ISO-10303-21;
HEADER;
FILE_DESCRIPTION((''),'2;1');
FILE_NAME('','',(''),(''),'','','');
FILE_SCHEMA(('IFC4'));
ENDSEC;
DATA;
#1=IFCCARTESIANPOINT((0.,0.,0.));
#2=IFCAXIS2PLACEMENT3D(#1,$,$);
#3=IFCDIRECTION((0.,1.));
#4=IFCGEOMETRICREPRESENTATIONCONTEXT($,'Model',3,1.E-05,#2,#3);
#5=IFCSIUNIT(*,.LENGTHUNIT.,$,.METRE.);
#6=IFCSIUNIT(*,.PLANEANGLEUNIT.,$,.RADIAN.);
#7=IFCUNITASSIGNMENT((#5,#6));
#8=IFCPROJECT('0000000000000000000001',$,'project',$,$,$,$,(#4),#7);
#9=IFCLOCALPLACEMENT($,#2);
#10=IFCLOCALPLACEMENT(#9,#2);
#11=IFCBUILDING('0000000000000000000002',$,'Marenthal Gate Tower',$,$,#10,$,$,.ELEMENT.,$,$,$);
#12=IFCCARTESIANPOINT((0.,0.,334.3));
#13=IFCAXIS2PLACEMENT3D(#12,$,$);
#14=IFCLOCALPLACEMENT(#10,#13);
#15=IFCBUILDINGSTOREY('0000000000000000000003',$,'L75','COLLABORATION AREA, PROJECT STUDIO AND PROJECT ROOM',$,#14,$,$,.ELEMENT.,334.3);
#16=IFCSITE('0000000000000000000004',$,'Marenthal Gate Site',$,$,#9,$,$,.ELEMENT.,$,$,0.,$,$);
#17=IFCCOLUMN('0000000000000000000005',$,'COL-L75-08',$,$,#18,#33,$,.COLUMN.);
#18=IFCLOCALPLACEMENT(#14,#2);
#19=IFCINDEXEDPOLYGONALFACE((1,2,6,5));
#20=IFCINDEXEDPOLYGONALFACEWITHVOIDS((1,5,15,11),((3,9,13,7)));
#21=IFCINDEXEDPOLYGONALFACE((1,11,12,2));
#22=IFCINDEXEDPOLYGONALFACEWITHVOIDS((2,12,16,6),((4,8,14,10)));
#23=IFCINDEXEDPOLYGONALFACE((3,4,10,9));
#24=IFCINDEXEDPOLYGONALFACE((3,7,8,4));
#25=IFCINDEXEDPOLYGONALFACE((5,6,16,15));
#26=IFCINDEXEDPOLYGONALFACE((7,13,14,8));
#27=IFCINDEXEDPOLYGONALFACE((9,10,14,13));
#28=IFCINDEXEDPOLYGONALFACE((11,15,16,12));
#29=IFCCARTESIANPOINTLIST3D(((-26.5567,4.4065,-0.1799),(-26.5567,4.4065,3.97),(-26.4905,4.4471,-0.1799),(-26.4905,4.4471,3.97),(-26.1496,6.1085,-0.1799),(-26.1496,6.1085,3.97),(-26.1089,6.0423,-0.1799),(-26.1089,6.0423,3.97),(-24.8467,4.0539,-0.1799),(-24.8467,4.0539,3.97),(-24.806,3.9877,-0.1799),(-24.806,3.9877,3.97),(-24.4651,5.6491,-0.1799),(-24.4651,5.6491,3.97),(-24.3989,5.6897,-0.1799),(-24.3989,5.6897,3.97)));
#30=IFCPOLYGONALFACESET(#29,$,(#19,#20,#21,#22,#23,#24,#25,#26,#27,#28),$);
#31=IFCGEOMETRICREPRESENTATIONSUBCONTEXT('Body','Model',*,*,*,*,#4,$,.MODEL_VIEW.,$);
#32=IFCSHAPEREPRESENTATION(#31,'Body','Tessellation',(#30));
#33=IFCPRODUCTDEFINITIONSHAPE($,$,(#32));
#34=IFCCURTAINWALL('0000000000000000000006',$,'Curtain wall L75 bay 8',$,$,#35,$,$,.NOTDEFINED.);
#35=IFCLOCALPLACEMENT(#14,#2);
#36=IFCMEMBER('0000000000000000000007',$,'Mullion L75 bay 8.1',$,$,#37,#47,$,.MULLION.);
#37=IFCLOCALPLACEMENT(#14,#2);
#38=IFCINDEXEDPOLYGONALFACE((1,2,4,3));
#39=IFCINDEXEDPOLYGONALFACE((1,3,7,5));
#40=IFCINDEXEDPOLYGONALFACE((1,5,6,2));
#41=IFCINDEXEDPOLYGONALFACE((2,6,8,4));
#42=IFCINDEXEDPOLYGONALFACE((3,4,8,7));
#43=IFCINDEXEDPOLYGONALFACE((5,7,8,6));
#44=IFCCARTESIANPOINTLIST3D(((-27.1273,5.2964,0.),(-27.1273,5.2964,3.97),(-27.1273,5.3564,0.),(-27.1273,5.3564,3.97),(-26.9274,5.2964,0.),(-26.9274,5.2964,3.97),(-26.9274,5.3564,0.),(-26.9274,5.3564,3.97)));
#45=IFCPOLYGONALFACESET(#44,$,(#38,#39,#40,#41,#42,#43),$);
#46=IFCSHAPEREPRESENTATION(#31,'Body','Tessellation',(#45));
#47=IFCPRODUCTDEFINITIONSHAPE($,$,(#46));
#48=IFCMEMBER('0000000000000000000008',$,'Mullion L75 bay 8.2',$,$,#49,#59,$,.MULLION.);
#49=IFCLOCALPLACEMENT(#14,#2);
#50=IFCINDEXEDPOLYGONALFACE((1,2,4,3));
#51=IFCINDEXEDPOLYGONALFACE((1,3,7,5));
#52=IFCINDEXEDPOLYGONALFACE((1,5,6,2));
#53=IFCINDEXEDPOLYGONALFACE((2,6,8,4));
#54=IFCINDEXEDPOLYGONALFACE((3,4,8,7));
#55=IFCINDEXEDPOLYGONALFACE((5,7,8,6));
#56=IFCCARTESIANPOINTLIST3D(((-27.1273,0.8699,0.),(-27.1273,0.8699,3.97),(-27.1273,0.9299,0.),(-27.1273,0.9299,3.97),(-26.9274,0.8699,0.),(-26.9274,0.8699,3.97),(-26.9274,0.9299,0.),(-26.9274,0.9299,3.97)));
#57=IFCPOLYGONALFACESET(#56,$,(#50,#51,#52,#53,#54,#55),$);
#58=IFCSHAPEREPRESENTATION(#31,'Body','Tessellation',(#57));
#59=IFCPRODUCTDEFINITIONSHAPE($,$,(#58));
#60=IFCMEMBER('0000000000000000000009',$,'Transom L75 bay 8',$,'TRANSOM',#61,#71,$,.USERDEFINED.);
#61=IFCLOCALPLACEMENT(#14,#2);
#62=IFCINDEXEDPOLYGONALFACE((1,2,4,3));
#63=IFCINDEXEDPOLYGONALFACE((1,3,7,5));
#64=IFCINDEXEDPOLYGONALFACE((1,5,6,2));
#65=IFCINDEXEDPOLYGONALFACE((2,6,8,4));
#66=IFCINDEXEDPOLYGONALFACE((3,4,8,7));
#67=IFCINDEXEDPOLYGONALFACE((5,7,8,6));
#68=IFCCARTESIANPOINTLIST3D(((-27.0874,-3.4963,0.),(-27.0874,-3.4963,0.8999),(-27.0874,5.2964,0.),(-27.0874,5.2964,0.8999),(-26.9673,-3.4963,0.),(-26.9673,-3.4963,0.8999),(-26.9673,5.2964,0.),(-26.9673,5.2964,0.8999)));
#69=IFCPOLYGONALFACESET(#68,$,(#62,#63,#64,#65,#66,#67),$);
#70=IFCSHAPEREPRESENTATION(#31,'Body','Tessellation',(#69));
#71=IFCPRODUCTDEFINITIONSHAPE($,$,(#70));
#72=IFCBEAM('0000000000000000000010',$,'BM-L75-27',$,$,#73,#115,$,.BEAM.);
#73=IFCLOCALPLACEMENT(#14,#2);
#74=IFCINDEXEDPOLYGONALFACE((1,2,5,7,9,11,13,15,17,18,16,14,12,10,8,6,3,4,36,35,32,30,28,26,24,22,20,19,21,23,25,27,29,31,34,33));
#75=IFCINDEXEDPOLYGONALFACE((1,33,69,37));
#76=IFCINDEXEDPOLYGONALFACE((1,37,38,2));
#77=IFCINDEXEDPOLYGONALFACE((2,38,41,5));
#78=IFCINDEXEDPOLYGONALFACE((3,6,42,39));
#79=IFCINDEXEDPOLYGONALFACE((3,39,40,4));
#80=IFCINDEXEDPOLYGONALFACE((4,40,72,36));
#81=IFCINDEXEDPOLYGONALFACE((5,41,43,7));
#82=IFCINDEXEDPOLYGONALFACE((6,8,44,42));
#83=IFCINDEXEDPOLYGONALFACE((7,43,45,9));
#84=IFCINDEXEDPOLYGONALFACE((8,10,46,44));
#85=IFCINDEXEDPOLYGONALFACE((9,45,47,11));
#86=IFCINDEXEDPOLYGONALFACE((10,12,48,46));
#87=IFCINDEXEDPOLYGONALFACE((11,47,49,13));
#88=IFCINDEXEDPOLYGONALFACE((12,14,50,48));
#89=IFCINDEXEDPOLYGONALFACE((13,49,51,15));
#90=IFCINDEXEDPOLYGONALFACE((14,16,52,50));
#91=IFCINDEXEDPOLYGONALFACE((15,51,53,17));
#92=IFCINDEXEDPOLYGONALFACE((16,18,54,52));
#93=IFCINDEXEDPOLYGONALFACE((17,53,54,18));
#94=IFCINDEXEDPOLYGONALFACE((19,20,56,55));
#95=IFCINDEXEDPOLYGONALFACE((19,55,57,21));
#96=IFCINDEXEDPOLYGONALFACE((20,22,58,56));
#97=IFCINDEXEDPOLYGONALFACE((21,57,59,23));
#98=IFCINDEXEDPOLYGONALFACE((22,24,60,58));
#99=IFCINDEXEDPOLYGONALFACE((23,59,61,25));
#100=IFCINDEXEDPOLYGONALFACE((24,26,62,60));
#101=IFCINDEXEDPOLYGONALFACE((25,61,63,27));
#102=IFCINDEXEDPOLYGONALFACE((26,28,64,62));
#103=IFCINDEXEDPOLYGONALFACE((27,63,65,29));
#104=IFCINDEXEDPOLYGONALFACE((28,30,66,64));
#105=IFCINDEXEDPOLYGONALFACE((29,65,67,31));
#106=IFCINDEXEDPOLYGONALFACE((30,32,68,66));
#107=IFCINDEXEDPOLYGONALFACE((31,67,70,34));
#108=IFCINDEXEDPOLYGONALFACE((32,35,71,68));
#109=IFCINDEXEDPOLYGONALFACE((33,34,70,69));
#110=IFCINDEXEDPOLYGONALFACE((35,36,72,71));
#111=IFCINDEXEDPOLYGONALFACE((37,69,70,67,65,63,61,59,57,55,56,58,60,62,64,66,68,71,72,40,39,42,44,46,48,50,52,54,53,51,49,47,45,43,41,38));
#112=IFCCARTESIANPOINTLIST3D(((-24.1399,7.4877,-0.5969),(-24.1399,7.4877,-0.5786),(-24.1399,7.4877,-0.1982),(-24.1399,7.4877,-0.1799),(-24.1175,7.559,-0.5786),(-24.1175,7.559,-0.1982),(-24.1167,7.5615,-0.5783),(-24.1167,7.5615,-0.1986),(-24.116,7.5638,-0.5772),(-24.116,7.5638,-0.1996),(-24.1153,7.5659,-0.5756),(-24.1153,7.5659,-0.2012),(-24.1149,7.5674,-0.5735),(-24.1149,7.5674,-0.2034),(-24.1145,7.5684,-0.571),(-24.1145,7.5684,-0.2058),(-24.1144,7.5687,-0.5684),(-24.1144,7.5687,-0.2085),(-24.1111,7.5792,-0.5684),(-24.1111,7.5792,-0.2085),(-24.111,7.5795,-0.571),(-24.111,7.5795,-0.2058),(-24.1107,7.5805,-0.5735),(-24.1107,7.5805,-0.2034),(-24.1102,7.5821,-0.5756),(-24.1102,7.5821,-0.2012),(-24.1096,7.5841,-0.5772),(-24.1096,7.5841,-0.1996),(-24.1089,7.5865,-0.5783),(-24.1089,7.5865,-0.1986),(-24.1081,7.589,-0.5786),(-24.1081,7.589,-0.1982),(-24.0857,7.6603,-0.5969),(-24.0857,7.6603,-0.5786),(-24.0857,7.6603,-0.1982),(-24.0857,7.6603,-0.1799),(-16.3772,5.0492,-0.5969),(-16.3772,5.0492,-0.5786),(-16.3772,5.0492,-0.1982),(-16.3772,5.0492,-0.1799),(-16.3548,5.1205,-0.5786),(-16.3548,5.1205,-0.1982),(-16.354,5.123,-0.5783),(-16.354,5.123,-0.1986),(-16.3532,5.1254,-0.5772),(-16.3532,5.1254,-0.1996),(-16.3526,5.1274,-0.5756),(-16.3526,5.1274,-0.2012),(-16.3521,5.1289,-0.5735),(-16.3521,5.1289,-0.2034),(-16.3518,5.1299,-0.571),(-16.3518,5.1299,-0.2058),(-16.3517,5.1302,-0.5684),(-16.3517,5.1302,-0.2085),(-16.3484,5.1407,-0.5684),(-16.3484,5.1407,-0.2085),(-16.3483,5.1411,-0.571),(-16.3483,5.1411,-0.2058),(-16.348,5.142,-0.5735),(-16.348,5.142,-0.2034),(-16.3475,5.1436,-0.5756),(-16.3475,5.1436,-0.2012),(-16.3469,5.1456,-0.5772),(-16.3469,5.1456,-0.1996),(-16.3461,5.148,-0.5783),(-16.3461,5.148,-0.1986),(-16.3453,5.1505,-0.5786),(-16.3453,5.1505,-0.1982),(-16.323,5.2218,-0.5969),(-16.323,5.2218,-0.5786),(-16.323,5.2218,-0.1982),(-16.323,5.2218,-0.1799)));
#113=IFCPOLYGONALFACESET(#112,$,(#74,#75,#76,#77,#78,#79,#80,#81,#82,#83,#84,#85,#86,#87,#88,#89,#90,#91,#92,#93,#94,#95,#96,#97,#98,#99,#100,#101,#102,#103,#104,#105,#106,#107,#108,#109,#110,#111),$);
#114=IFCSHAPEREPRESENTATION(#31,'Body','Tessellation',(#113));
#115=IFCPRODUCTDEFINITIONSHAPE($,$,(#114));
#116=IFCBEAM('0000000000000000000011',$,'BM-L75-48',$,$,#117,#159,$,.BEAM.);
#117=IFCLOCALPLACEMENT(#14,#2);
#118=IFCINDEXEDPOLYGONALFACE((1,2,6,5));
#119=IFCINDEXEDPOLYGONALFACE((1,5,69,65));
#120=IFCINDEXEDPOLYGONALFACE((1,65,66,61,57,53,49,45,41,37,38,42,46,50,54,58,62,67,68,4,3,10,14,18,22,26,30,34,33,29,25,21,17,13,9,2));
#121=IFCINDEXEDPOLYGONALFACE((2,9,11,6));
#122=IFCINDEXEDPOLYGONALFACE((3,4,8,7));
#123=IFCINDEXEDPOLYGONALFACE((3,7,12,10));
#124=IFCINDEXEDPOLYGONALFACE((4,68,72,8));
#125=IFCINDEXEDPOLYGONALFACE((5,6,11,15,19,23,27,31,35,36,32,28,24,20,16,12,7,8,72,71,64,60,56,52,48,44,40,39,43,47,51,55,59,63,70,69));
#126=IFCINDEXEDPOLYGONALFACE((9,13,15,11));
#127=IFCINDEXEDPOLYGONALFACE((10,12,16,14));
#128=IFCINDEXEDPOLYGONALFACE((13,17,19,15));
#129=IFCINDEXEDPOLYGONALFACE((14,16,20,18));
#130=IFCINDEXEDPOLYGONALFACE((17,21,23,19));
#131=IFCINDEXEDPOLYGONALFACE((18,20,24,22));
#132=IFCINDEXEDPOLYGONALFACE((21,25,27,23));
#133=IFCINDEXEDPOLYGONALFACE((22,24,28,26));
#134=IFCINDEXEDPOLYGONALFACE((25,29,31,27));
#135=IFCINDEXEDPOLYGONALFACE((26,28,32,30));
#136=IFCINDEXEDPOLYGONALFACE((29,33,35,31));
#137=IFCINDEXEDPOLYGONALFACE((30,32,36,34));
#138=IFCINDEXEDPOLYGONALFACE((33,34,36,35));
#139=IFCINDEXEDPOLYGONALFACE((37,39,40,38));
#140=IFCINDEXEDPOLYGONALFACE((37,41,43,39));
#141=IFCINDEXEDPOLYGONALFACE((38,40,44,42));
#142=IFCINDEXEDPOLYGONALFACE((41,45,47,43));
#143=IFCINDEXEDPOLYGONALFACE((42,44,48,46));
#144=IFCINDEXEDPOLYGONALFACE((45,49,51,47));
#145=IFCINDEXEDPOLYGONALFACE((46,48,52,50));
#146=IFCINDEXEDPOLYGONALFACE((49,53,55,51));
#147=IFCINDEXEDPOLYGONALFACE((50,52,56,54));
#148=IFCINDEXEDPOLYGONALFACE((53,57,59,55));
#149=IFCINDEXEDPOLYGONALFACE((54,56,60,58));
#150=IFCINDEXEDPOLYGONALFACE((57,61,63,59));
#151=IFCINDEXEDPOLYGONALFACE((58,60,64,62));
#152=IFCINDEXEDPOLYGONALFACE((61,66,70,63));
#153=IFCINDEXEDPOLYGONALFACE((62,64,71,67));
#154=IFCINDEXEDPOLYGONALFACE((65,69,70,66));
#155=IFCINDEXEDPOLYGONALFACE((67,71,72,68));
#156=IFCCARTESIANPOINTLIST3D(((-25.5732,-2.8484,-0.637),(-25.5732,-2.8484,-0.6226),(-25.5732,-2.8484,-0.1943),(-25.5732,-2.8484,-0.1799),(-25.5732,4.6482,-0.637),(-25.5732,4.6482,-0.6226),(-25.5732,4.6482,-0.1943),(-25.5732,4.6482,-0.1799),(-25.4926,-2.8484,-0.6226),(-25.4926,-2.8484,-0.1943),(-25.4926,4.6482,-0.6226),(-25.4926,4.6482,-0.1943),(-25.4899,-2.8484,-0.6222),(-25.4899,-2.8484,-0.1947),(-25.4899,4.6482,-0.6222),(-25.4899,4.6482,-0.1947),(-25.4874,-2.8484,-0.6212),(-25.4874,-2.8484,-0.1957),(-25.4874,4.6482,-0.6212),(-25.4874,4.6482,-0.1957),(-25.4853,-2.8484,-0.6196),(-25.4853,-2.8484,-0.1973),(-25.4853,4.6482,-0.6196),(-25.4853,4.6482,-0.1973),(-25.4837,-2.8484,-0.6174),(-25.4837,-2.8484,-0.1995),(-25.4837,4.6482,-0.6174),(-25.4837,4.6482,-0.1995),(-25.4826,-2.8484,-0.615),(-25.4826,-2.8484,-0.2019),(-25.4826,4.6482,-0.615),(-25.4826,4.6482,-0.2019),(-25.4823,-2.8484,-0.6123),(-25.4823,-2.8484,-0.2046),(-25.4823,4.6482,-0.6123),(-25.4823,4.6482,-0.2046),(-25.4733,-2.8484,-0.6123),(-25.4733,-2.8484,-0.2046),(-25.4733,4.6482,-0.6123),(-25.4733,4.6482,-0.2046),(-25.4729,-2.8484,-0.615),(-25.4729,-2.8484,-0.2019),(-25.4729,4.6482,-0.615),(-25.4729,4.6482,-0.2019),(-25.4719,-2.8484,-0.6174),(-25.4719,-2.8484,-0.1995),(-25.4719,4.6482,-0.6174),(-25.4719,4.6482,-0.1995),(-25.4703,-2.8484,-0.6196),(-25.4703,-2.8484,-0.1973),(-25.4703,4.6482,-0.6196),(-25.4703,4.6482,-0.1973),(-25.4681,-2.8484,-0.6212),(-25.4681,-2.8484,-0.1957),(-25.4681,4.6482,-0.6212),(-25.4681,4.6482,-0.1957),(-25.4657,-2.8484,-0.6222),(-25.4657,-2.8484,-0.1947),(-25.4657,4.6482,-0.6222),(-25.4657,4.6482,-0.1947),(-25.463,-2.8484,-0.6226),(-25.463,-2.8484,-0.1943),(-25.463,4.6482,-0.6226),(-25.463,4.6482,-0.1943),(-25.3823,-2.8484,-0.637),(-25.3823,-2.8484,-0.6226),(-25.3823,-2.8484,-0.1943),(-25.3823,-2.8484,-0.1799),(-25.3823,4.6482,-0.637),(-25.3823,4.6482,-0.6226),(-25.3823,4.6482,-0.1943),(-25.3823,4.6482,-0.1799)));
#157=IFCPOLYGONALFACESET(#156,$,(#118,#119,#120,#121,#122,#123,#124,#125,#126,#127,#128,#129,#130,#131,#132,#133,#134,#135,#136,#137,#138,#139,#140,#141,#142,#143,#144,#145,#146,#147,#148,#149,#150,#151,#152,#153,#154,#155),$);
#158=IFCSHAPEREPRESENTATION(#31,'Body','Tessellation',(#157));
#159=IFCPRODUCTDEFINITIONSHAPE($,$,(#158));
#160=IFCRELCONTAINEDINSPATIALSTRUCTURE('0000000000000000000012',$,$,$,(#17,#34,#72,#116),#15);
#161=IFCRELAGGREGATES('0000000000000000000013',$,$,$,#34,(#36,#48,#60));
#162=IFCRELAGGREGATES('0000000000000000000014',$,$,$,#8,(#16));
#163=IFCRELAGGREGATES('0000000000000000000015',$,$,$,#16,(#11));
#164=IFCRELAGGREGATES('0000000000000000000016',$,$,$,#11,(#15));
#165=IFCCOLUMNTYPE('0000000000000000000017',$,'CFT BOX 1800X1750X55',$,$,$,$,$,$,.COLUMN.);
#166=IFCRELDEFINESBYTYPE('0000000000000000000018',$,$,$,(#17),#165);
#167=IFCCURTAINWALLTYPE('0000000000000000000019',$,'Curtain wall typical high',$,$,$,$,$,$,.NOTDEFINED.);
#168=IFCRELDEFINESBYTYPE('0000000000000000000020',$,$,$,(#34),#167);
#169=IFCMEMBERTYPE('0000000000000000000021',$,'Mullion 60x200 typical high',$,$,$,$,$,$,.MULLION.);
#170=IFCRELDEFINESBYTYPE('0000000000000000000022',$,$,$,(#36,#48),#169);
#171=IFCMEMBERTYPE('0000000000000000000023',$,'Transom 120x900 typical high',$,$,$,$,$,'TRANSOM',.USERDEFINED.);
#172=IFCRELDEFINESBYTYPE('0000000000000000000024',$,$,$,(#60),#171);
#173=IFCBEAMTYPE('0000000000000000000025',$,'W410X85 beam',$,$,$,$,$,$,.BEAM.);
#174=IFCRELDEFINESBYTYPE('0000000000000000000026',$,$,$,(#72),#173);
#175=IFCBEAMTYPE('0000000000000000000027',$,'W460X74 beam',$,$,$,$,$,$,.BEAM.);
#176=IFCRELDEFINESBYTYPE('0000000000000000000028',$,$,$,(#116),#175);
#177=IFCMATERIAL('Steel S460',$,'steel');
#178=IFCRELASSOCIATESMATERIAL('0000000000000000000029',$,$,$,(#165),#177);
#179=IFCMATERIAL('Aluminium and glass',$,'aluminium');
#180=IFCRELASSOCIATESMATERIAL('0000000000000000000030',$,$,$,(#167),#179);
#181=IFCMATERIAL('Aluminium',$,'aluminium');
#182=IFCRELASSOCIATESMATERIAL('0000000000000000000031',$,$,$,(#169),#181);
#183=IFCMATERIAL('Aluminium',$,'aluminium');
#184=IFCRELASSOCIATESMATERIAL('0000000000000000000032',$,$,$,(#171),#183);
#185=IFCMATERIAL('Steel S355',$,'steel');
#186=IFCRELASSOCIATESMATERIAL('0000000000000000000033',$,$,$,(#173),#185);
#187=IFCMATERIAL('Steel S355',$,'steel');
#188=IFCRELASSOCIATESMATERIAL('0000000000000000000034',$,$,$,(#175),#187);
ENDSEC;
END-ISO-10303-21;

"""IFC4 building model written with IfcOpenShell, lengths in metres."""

from ifc_helpers import new_model, si_unit, direction, frame, origin, origin_2d, place, context, subcontext, project, spatial, rectangle, hollow_rectangle, i_section, extrude, material, material_profile, profile_set, type_object, element, aggregate, save


model = new_model("IFC4")

# Units and contexts
model_context = context("Model", 3, precision=1e-05, world=origin(), true_north=direction((0.0, 1.0)))
body_context = subcontext(model_context, "Body", "Model", "MODEL_VIEW")
ifc_project = project(units=[si_unit("LENGTHUNIT", "METRE"), si_unit("PLANEANGLEUNIT", "RADIAN")], contexts=[model_context])

# Site, building, storey
site_placement = place(None, origin())
site = spatial("IfcSite", under=ifc_project, at=site_placement, Name="Marenthal Gate Site", CompositionType="ELEMENT", RefElevation=0.0)
building_placement = place(site_placement, origin())
building = spatial("IfcBuilding", under=site, at=building_placement, Name="Marenthal Gate Tower", CompositionType="ELEMENT")
storey_placement = place(building_placement, frame((0.0, 0.0, 334.3)))
storey = spatial("IfcBuildingStorey", under=building, at=storey_placement, Name="L75", Description="COLLABORATION AREA, PROJECT STUDIO AND PROJECT ROOM", CompositionType="ELEMENT", Elevation=334.3)

# Column
ifc_material_1 = material(Name="Steel S460", Category="steel")
ifc_material_profile_1 = material_profile(ifc_material_1, hollow_rectangle(XDim=1.75, YDim=1.8, WallThickness=0.0549, at=origin_2d()), Name="CFT BOX 1800X1750X55")
ifc_material_2 = material(Name="Concrete 70 MPa", Category="concrete")
ifc_material_profile_2 = material_profile(ifc_material_2, rectangle(XDim=1.6399, YDim=1.6899, at=origin_2d()), Name="CFT BOX 1800X1750X55 INFILL")
ifc_profile_set_1 = profile_set([ifc_material_profile_1, ifc_material_profile_2], Name="Steel S460 shell, Concrete 70 MPa infill")
column_type = type_object("IfcColumnType", Name="CFT BOX 1800X1750X55", PredefinedType="COLUMN", material=ifc_profile_set_1)
column_placement = place(storey_placement, frame((-25.4778, 5.0481, -0.1799), z_axis=(0.0, 0.0, 1.0), x_axis=(0.232643, 0.972562, 0.0)))
element("IfcColumn", 1, at=column_placement, inside=storey, type_object=column_type, Name="COL-L75-08", PredefinedType="COLUMN", context=body_context, shape_type="SweptSolid", body=[
    extrude(hollow_rectangle(XDim=1.75, YDim=1.8, WallThickness=0.0549, at=origin_2d()), origin(), (0.0, 0.0, 1.0), 4.1499),
])

# Curtain wall, members
ifc_material_3 = material(Name="Aluminium and glass", Category="aluminium")
curtain_wall_type = type_object("IfcCurtainWallType", Name="Curtain wall typical high", PredefinedType="NOTDEFINED", material=ifc_material_3)
curtain_wall_placement = place(storey_placement, origin())
curtain_wall = element("IfcCurtainWall", 2, at=curtain_wall_placement, inside=storey, type_object=curtain_wall_type, Name="Curtain wall L75 bay 8", PredefinedType="NOTDEFINED")
ifc_material_4 = material(Name="Aluminium", Category="aluminium")
ifc_material_profile_3 = material_profile(ifc_material_4, rectangle(XDim=0.2, YDim=0.0601, at=origin_2d()), Name="60x200 aluminium mullion")
ifc_profile_set_2 = profile_set([ifc_material_profile_3], Name="Aluminium")
member_type_1 = type_object("IfcMemberType", Name="Mullion 60x200 typical high", PredefinedType="MULLION", material=ifc_profile_set_2)
member_1_placement = place(storey_placement, frame((-27.0273, 5.3264, 0.0), z_axis=(0.0, 0.0, 1.0), x_axis=(1.0, 0.0, 0.0)))
member_1 = element("IfcMember", 3, at=member_1_placement, type_object=member_type_1, Name="Mullion L75 bay 8.1", PredefinedType="MULLION", context=body_context, shape_type="SweptSolid", body=[
    extrude(rectangle(XDim=0.2, YDim=0.0601, at=origin_2d()), origin(), (0.0, 0.0, 1.0), 3.97),
])
member_2_placement = place(storey_placement, frame((-27.0273, 0.8999, 0.0), z_axis=(0.0, 0.0, 1.0), x_axis=(1.0, 0.0, 0.0)))
member_2 = element("IfcMember", 4, at=member_2_placement, type_object=member_type_1, Name="Mullion L75 bay 8.2", PredefinedType="MULLION", context=body_context, shape_type="SweptSolid", body=[
    extrude(rectangle(XDim=0.2, YDim=0.0601, at=origin_2d()), origin(), (0.0, 0.0, 1.0), 3.97),
])
ifc_material_5 = material(Name="Aluminium", Category="aluminium")
ifc_material_profile_4 = material_profile(ifc_material_5, rectangle(XDim=0.1201, YDim=0.8999, at=origin_2d()), Name="120x900 aluminium transom")
ifc_profile_set_3 = profile_set([ifc_material_profile_4], Name="Aluminium")
member_type_2 = type_object("IfcMemberType", Name="Transom 120x900 typical high", ElementType="TRANSOM", PredefinedType="USERDEFINED", material=ifc_profile_set_3)
member_3_placement = place(storey_placement, frame((-27.0273, 5.2964, 0.45), z_axis=(0.0, -1.0, 0.0), x_axis=(1.0, 0.0, 0.0)))
member_3 = element("IfcMember", 5, at=member_3_placement, type_object=member_type_2, Name="Transom L75 bay 8", ObjectType="TRANSOM", PredefinedType="USERDEFINED", context=body_context, shape_type="SweptSolid", body=[
    extrude(rectangle(XDim=0.1201, YDim=0.8999, at=origin_2d()), origin(), (0.0, 0.0, 1.0), 8.7927),
])

# Beams
ifc_material_6 = material(Name="Steel S355", Category="steel")
ifc_material_profile_5 = material_profile(ifc_material_6, i_section(OverallWidth=0.1809, OverallDepth=0.417, WebThickness=0.011, FlangeThickness=0.0183, FilletRadius=0.0103, at=origin_2d()), Name="W410X85")
ifc_profile_set_4 = profile_set([ifc_material_profile_5], Name="Steel S355")
beam_type_1 = type_object("IfcBeamType", Name="W410X85 beam", PredefinedType="BEAM", material=ifc_profile_set_4)
beam_1_placement = place(storey_placement, frame((-24.1128, 7.574, -0.3884), z_axis=(0.954037, -0.299689, 0.0), x_axis=(0.299689, 0.954037, 0.0)))
element("IfcBeam", 6, at=beam_1_placement, inside=storey, type_object=beam_type_1, Name="BM-L75-27", PredefinedType="BEAM", context=body_context, shape_type="SweptSolid", body=[
    extrude(i_section(OverallWidth=0.1809, OverallDepth=0.417, WebThickness=0.011, FlangeThickness=0.0183, FilletRadius=0.0103, at=origin_2d()), origin(), (0.0, 0.0, 1.0), 8.1367),
])
ifc_material_7 = material(Name="Steel S355", Category="steel")
ifc_material_profile_6 = material_profile(ifc_material_7, i_section(OverallWidth=0.1909, OverallDepth=0.457, WebThickness=0.009, FlangeThickness=0.0144, FilletRadius=0.0103, at=origin_2d()), Name="W460X74")
ifc_profile_set_5 = profile_set([ifc_material_profile_6], Name="Steel S355")
beam_type_2 = type_object("IfcBeamType", Name="W460X74 beam", PredefinedType="BEAM", material=ifc_profile_set_5)
beam_2_placement = place(storey_placement, frame((-25.4778, 4.6482, -0.4084), z_axis=(0.0, -1.0, 0.0), x_axis=(1.0, 0.0, 0.0)))
element("IfcBeam", 7, at=beam_2_placement, inside=storey, type_object=beam_type_2, Name="BM-L75-48", PredefinedType="BEAM", context=body_context, shape_type="SweptSolid", body=[
    extrude(i_section(OverallWidth=0.1909, OverallDepth=0.457, WebThickness=0.009, FlangeThickness=0.0144, FilletRadius=0.0103, at=origin_2d()), origin(), (0.0, 0.0, 1.0), 7.4966),
])

aggregate(curtain_wall, [member_1, member_2, member_3])

save(model, "model.ifc")
